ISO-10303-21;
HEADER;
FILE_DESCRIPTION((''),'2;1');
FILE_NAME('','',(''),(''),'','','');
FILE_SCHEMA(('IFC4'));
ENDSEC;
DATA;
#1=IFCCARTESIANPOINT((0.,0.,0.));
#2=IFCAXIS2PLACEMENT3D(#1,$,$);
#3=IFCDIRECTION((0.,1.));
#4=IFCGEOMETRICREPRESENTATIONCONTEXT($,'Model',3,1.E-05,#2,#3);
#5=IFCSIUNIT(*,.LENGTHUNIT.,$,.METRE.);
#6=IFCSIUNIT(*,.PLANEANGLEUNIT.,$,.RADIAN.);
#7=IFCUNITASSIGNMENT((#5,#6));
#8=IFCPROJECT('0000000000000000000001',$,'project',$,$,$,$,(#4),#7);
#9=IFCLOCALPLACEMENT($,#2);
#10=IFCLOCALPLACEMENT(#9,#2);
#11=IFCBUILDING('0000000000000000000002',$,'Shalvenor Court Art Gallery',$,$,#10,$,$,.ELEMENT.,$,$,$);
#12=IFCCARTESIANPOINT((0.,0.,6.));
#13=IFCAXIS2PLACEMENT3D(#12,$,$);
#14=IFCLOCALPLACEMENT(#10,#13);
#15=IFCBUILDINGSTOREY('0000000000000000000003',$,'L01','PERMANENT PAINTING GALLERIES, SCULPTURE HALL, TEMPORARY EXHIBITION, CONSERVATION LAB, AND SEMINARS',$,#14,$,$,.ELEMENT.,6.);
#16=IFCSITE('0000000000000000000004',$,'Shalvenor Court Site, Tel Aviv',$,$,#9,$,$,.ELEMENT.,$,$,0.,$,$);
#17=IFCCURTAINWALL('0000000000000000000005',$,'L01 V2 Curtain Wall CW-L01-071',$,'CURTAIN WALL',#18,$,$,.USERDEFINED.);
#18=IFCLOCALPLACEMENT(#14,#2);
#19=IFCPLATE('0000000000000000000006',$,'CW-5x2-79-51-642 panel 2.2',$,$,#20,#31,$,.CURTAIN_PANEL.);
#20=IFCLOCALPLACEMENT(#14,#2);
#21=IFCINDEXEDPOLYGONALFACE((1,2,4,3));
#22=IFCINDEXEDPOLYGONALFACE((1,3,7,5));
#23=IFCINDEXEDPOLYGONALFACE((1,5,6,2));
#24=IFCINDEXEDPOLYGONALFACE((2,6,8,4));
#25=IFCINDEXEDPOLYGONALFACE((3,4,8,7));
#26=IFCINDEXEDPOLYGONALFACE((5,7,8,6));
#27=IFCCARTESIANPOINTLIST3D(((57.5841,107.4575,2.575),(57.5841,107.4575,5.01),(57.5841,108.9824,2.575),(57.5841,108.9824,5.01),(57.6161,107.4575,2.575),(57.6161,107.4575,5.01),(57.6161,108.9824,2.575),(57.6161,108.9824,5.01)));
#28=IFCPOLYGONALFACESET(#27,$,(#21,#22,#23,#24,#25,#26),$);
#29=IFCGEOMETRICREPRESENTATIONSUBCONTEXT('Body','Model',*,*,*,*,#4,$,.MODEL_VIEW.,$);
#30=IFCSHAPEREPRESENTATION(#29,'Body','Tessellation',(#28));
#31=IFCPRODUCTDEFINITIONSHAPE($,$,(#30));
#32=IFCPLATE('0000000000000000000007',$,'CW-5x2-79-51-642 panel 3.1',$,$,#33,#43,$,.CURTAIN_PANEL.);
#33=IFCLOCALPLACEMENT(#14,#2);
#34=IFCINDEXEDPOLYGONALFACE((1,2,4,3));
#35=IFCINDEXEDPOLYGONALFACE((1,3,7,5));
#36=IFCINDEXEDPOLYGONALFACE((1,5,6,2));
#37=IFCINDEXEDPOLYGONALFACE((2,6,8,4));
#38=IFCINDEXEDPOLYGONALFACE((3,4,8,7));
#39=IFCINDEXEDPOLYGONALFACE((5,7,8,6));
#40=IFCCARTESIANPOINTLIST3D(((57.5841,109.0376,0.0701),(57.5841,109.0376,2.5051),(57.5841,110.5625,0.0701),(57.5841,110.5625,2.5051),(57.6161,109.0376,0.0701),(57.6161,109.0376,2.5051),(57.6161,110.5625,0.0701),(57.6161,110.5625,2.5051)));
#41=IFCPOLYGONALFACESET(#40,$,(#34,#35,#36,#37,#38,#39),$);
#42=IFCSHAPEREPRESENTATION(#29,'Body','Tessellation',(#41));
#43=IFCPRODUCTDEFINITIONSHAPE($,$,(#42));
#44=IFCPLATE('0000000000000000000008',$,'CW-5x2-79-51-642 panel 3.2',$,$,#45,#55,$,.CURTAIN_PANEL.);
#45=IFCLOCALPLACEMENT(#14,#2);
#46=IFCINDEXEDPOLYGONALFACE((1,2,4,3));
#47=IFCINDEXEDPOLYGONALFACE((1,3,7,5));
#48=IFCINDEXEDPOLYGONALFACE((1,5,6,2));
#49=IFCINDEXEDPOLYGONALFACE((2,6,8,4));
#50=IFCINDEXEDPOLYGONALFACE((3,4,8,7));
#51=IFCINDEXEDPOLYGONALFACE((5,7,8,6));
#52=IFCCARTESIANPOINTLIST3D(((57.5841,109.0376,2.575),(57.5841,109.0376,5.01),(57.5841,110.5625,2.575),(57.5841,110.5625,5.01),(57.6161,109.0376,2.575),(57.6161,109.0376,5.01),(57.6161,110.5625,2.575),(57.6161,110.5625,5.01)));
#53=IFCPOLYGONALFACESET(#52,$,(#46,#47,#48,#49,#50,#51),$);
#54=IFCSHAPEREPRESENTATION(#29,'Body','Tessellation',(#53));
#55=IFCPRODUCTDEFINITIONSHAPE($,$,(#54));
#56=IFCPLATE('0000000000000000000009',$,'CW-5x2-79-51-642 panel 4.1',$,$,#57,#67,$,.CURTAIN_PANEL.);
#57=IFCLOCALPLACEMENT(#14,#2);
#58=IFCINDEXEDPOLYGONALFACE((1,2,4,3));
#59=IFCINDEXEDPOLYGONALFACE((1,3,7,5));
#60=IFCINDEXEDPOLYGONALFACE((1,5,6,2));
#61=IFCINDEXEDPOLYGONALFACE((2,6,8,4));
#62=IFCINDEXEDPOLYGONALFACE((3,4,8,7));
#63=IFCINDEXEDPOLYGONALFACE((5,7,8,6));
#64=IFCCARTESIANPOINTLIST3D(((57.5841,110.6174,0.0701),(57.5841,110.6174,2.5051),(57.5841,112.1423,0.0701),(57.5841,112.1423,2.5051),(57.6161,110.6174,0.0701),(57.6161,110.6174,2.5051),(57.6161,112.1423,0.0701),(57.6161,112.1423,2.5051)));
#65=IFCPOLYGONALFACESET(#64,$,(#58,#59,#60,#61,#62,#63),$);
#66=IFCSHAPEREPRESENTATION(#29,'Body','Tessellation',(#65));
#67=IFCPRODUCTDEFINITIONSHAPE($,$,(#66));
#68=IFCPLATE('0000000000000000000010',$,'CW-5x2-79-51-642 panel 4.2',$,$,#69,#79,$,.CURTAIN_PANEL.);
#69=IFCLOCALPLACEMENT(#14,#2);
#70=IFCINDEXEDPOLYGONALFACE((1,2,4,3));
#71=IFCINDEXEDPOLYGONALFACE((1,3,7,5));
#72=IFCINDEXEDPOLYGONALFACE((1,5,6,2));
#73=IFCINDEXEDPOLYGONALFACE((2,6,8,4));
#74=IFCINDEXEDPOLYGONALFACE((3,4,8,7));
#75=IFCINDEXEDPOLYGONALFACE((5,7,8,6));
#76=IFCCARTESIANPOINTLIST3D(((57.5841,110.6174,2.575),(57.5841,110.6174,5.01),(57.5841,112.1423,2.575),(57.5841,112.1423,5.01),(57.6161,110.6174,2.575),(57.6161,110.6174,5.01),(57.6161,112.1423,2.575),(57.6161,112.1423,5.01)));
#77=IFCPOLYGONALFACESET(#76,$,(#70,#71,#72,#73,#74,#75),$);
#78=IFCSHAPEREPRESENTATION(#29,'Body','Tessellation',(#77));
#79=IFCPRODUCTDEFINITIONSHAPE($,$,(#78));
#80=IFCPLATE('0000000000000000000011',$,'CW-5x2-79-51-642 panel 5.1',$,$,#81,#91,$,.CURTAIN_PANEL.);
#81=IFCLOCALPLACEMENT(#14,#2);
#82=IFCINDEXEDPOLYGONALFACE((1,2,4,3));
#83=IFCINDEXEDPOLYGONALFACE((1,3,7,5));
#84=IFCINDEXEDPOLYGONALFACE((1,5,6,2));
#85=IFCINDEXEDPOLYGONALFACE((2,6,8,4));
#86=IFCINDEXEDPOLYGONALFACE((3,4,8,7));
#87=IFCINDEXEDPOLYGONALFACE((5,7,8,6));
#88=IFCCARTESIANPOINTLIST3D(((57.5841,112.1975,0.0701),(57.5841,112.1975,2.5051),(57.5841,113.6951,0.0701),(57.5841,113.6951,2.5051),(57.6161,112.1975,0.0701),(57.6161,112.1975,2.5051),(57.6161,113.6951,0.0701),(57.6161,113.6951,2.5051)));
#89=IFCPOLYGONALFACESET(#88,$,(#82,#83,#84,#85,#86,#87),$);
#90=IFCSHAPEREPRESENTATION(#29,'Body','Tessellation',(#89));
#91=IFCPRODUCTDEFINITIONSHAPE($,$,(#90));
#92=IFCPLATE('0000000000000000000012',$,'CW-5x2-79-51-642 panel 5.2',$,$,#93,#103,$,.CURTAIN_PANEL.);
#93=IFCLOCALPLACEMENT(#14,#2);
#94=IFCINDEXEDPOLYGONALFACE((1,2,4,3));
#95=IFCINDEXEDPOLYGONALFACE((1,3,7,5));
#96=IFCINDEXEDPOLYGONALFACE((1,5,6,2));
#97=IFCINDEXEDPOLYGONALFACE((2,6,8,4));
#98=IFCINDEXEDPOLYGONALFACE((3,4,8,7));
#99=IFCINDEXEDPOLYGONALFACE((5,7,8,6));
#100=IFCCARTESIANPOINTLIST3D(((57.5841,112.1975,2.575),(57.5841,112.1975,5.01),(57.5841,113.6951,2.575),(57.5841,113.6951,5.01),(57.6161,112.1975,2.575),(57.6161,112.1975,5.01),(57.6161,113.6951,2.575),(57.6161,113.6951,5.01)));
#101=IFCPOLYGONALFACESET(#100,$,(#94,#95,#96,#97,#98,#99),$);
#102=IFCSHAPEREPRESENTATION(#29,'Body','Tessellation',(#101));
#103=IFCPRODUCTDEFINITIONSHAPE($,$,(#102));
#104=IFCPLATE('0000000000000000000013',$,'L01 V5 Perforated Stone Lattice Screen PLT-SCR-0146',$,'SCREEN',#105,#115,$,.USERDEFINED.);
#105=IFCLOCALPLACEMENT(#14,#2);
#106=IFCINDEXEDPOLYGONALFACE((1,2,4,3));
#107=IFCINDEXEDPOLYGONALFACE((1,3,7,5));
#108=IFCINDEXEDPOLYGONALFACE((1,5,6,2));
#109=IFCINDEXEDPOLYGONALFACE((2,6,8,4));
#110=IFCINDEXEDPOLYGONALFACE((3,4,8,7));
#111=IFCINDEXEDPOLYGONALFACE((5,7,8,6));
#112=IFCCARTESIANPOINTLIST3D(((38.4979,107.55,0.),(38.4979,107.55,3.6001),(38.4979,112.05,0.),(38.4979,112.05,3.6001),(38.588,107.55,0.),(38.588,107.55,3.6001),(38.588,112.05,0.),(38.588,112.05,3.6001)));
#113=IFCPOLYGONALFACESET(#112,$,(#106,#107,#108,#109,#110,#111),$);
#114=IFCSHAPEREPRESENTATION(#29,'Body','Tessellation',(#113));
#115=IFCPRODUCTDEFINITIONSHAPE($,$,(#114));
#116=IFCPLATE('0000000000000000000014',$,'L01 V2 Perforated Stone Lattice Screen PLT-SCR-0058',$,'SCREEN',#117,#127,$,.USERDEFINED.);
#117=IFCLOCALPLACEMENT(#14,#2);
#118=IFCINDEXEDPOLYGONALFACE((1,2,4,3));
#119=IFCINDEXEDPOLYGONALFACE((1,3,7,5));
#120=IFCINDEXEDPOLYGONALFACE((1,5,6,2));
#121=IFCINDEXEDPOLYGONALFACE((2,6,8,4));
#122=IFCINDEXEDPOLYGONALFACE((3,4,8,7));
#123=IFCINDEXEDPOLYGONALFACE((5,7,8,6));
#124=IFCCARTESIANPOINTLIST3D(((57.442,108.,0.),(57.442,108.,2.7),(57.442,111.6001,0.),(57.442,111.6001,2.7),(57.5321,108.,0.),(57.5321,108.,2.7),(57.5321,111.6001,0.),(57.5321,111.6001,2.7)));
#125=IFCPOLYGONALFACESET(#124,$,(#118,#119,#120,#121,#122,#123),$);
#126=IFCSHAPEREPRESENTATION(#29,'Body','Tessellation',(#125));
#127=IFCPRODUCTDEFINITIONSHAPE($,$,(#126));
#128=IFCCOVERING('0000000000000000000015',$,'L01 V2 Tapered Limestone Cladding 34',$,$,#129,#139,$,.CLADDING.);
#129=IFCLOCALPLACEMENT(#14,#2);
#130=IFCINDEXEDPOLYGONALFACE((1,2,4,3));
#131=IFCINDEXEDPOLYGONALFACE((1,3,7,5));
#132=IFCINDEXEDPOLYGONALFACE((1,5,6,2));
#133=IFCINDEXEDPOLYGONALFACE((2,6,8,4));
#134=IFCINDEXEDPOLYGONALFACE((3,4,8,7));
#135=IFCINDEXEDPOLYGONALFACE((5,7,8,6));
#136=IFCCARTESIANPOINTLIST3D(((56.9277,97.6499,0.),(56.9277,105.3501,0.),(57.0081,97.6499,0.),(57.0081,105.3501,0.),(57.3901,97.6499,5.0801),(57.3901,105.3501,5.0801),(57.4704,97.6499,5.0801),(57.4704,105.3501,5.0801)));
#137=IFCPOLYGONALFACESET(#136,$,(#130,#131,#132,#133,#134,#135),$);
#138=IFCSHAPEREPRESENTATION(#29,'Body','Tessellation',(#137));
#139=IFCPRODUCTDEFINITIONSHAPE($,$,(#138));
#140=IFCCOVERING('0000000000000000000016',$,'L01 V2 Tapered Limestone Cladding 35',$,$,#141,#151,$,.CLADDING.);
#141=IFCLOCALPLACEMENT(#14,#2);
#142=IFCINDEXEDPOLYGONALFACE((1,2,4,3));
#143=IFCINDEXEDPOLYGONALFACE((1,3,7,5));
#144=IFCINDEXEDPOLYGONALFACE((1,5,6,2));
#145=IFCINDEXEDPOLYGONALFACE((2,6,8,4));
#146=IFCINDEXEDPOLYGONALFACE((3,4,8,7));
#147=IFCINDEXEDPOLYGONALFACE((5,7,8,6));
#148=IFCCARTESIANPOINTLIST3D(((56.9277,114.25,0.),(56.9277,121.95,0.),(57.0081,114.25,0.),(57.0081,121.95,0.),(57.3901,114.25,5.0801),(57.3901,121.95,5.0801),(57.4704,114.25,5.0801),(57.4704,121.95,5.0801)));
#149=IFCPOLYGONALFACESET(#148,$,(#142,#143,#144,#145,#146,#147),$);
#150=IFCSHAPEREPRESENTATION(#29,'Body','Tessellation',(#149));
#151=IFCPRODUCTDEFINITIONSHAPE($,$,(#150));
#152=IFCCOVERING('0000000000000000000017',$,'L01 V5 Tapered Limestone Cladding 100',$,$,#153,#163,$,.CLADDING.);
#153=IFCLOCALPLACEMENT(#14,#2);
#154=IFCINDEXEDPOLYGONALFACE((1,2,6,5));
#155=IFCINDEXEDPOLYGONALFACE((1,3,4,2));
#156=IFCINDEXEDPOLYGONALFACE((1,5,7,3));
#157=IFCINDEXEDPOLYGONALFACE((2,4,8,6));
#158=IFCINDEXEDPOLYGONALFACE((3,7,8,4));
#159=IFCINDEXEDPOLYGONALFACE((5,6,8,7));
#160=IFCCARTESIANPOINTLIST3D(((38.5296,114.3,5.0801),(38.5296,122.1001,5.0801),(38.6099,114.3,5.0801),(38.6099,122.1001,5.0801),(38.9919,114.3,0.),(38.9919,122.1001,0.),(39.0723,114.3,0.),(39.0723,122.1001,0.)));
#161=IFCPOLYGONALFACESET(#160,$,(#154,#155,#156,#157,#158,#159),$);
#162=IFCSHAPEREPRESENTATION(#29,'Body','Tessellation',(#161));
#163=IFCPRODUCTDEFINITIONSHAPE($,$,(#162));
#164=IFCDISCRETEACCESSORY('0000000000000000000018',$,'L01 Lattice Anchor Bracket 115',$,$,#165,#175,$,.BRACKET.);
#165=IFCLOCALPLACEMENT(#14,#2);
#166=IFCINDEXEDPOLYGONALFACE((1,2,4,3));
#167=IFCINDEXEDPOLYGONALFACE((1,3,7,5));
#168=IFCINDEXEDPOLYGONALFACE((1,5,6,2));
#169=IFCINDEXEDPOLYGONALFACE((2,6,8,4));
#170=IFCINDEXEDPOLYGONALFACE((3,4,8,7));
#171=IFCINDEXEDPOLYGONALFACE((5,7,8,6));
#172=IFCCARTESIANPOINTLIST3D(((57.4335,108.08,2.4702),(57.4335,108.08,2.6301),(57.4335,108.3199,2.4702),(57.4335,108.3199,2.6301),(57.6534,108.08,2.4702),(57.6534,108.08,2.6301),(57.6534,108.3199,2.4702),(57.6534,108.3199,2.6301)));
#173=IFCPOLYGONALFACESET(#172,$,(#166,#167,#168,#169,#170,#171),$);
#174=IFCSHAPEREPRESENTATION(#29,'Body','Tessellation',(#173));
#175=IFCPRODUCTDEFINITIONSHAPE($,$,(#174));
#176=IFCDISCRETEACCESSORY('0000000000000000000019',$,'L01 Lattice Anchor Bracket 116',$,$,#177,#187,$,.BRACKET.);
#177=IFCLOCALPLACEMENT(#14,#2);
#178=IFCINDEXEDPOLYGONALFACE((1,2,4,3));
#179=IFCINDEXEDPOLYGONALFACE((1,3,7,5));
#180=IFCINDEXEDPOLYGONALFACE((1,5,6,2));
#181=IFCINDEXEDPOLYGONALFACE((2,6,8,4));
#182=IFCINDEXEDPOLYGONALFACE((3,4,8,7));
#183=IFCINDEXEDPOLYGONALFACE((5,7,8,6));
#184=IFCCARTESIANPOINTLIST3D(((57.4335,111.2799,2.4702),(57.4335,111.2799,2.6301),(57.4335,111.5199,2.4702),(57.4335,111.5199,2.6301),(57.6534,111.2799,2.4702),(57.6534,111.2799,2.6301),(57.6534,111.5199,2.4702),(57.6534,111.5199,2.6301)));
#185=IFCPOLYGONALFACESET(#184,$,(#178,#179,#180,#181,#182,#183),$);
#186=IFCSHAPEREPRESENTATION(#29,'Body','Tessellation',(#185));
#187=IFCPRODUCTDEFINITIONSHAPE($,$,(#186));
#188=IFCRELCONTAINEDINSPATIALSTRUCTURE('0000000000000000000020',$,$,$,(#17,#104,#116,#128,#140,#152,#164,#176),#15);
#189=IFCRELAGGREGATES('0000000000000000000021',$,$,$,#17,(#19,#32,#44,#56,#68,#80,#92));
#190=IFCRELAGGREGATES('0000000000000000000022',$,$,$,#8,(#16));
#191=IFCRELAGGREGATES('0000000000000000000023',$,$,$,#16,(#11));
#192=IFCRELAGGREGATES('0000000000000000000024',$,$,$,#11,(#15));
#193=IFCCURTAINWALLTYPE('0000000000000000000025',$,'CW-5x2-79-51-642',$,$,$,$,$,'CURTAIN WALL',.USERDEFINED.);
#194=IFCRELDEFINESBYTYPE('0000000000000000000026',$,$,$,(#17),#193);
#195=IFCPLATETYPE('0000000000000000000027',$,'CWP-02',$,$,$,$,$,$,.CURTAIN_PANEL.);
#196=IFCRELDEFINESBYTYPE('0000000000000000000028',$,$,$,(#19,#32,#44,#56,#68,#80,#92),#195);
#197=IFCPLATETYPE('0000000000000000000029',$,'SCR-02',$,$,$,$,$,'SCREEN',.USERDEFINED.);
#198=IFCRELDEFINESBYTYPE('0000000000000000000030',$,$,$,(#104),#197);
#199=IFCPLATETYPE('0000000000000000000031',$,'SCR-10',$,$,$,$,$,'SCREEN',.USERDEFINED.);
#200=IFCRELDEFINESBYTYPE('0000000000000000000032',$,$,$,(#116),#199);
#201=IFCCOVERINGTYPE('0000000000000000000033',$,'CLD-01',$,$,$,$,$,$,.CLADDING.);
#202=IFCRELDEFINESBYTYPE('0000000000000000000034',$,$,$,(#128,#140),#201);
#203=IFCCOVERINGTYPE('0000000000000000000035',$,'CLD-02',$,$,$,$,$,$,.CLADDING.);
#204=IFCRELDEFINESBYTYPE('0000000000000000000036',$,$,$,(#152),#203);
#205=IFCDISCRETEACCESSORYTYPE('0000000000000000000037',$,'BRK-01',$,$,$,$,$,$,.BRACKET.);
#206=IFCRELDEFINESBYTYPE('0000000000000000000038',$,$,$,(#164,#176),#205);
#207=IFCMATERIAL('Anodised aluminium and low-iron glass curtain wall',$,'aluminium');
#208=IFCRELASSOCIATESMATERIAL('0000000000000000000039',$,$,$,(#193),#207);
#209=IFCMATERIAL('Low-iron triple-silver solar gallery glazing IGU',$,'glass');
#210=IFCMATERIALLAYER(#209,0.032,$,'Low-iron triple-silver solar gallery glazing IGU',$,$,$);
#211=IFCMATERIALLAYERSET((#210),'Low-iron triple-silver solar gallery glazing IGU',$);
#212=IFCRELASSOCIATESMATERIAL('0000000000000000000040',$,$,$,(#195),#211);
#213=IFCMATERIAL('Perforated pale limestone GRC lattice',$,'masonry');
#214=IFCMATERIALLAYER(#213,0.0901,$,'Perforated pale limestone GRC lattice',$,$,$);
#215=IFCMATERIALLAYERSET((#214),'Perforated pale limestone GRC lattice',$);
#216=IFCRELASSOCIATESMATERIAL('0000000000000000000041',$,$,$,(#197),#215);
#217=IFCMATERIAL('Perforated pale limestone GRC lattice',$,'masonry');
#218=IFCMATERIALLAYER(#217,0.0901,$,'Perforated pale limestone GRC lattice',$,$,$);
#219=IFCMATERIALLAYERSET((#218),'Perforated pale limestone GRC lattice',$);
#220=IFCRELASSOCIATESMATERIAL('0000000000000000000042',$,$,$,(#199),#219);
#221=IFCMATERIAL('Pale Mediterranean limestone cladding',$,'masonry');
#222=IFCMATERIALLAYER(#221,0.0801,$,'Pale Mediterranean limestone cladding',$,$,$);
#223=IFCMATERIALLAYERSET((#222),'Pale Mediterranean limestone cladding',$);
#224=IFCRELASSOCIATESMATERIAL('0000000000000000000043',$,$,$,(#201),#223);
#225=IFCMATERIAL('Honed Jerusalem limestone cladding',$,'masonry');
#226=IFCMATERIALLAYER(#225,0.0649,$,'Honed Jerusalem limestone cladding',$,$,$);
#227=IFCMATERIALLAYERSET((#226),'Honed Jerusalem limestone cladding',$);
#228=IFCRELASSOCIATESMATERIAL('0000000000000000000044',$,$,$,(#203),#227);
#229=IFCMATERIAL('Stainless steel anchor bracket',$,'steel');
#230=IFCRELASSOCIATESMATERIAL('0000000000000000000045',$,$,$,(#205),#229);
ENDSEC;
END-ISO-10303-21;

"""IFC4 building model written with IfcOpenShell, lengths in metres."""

from ifc_helpers import new_model, si_unit, direction, frame, origin, origin_2d, place, context, subcontext, project, spatial, polyline, rectangle, outline, extrude, material, layer, layer_set, type_object, element, aggregate, save


model = new_model("IFC4")

# Units and contexts
model_context = context("Model", 3, precision=1e-05, world=origin(), true_north=direction((0.0, 1.0)))
body_context = subcontext(model_context, "Body", "Model", "MODEL_VIEW")
ifc_project = project(units=[si_unit("LENGTHUNIT", "METRE"), si_unit("PLANEANGLEUNIT", "RADIAN")], contexts=[model_context])

# Site, building, storey
site_placement = place(None, origin())
site = spatial("IfcSite", under=ifc_project, at=site_placement, Name="Shalvenor Court Site, Tel Aviv", CompositionType="ELEMENT", RefElevation=0.0)
building_placement = place(site_placement, origin())
building = spatial("IfcBuilding", under=site, at=building_placement, Name="Shalvenor Court Art Gallery", CompositionType="ELEMENT")
storey_placement = place(building_placement, frame((0.0, 0.0, 6.0)))
storey = spatial("IfcBuildingStorey", under=building, at=storey_placement, Name="L01", Description="PERMANENT PAINTING GALLERIES, SCULPTURE HALL, TEMPORARY EXHIBITION, CONSERVATION LAB, AND SEMINARS", CompositionType="ELEMENT", Elevation=6.0)

# Curtain wall, plates
ifc_material_1 = material(Name="Anodised aluminium and low-iron glass curtain wall", Category="aluminium")
curtain_wall_type = type_object("IfcCurtainWallType", Name="CW-5x2-79-51-642", ElementType="CURTAIN WALL", PredefinedType="USERDEFINED", material=ifc_material_1)
curtain_wall_placement = place(storey_placement, origin())
curtain_wall = element("IfcCurtainWall", 1, at=curtain_wall_placement, inside=storey, type_object=curtain_wall_type, Name="L01 V2 Curtain Wall CW-L01-071", ObjectType="CURTAIN WALL", PredefinedType="USERDEFINED")
ifc_material_2 = material(Name="Low-iron triple-silver solar gallery glazing IGU", Category="glass")
ifc_layer_1 = layer(ifc_material_2, 0.032, Name="Low-iron triple-silver solar gallery glazing IGU")
ifc_layer_set_1 = layer_set([ifc_layer_1], Name="Low-iron triple-silver solar gallery glazing IGU")
plate_type_1 = type_object("IfcPlateType", Name="CWP-02", PredefinedType="CURTAIN_PANEL", material=ifc_layer_set_1)
plate_1_placement = place(storey_placement, frame((57.6001, 108.22, 2.575), z_axis=(0.0, 0.0, 1.0), x_axis=(0.0, 1.0, 0.0)))
plate_1 = element("IfcPlate", 2, at=plate_1_placement, type_object=plate_type_1, Name="CW-5x2-79-51-642 panel 2.2", PredefinedType="CURTAIN_PANEL", context=body_context, shape_type="SweptSolid", body=[
    extrude(rectangle(XDim=1.5249, YDim=0.032, at=origin_2d()), origin(), (0.0, 0.0, 1.0), 2.4351),
])
plate_2_placement = place(storey_placement, frame((57.6001, 109.8, 0.0701), z_axis=(0.0, 0.0, 1.0), x_axis=(0.0, 1.0, 0.0)))
plate_2 = element("IfcPlate", 3, at=plate_2_placement, type_object=plate_type_1, Name="CW-5x2-79-51-642 panel 3.1", PredefinedType="CURTAIN_PANEL", context=body_context, shape_type="SweptSolid", body=[
    extrude(rectangle(XDim=1.5249, YDim=0.032, at=origin_2d()), origin(), (0.0, 0.0, 1.0), 2.4351),
])
plate_3_placement = place(storey_placement, frame((57.6001, 109.8, 2.575), z_axis=(0.0, 0.0, 1.0), x_axis=(0.0, 1.0, 0.0)))
plate_3 = element("IfcPlate", 4, at=plate_3_placement, type_object=plate_type_1, Name="CW-5x2-79-51-642 panel 3.2", PredefinedType="CURTAIN_PANEL", context=body_context, shape_type="SweptSolid", body=[
    extrude(rectangle(XDim=1.5249, YDim=0.032, at=origin_2d()), origin(), (0.0, 0.0, 1.0), 2.4351),
])
plate_4_placement = place(storey_placement, frame((57.6001, 111.3799, 0.0701), z_axis=(0.0, 0.0, 1.0), x_axis=(0.0, 1.0, 0.0)))
plate_4 = element("IfcPlate", 5, at=plate_4_placement, type_object=plate_type_1, Name="CW-5x2-79-51-642 panel 4.1", PredefinedType="CURTAIN_PANEL", context=body_context, shape_type="SweptSolid", body=[
    extrude(rectangle(XDim=1.5249, YDim=0.032, at=origin_2d()), origin(), (0.0, 0.0, 1.0), 2.4351),
])
plate_5_placement = place(storey_placement, frame((57.6001, 111.3799, 2.575), z_axis=(0.0, 0.0, 1.0), x_axis=(0.0, 1.0, 0.0)))
plate_5 = element("IfcPlate", 6, at=plate_5_placement, type_object=plate_type_1, Name="CW-5x2-79-51-642 panel 4.2", PredefinedType="CURTAIN_PANEL", context=body_context, shape_type="SweptSolid", body=[
    extrude(rectangle(XDim=1.5249, YDim=0.032, at=origin_2d()), origin(), (0.0, 0.0, 1.0), 2.4351),
])
plate_6_placement = place(storey_placement, frame((57.6001, 112.9463, 0.0701), z_axis=(0.0, 0.0, 1.0), x_axis=(0.0, 1.0, 0.0)))
plate_6 = element("IfcPlate", 7, at=plate_6_placement, type_object=plate_type_1, Name="CW-5x2-79-51-642 panel 5.1", PredefinedType="CURTAIN_PANEL", context=body_context, shape_type="SweptSolid", body=[
    extrude(rectangle(XDim=1.4976, YDim=0.032, at=origin_2d()), origin(), (0.0, 0.0, 1.0), 2.4351),
])
plate_7_placement = place(storey_placement, frame((57.6001, 112.9463, 2.575), z_axis=(0.0, 0.0, 1.0), x_axis=(0.0, 1.0, 0.0)))
plate_7 = element("IfcPlate", 8, at=plate_7_placement, type_object=plate_type_1, Name="CW-5x2-79-51-642 panel 5.2", PredefinedType="CURTAIN_PANEL", context=body_context, shape_type="SweptSolid", body=[
    extrude(rectangle(XDim=1.4976, YDim=0.032, at=origin_2d()), origin(), (0.0, 0.0, 1.0), 2.4351),
])
aggregate(curtain_wall, [plate_1, plate_2, plate_3, plate_4, plate_5, plate_6, plate_7])

# Plates
ifc_material_3 = material(Name="Perforated pale limestone GRC lattice", Category="masonry")
ifc_layer_2 = layer(ifc_material_3, 0.0901, Name="Perforated pale limestone GRC lattice")
ifc_layer_set_2 = layer_set([ifc_layer_2], Name="Perforated pale limestone GRC lattice")
plate_type_2 = type_object("IfcPlateType", Name="SCR-02", ElementType="SCREEN", PredefinedType="USERDEFINED", material=ifc_layer_set_2)
plate_8_placement = place(storey_placement, frame((38.543, 109.8, 0.0), z_axis=(0.0, 0.0, 1.0), x_axis=(0.0, -1.0, 0.0)))
element("IfcPlate", 9, at=plate_8_placement, inside=storey, type_object=plate_type_2, Name="L01 V5 Perforated Stone Lattice Screen PLT-SCR-0146", ObjectType="SCREEN", PredefinedType="USERDEFINED", context=body_context, shape_type="SweptSolid", body=[
    extrude(rectangle(XDim=4.5, YDim=0.0901, at=origin_2d()), origin(), (0.0, 0.0, 1.0), 3.6001),
])
ifc_material_4 = material(Name="Perforated pale limestone GRC lattice", Category="masonry")
ifc_layer_3 = layer(ifc_material_4, 0.0901, Name="Perforated pale limestone GRC lattice")
ifc_layer_set_3 = layer_set([ifc_layer_3], Name="Perforated pale limestone GRC lattice")
plate_type_3 = type_object("IfcPlateType", Name="SCR-10", ElementType="SCREEN", PredefinedType="USERDEFINED", material=ifc_layer_set_3)
plate_9_placement = place(storey_placement, frame((57.4871, 109.8, 0.0), z_axis=(0.0, 0.0, 1.0), x_axis=(0.0, 1.0, 0.0)))
element("IfcPlate", 10, at=plate_9_placement, inside=storey, type_object=plate_type_3, Name="L01 V2 Perforated Stone Lattice Screen PLT-SCR-0058", ObjectType="SCREEN", PredefinedType="USERDEFINED", context=body_context, shape_type="SweptSolid", body=[
    extrude(rectangle(XDim=3.6001, YDim=0.0901, at=origin_2d()), origin(), (0.0, 0.0, 1.0), 2.7),
])

# Coverings
ifc_material_5 = material(Name="Pale Mediterranean limestone cladding", Category="masonry")
ifc_layer_4 = layer(ifc_material_5, 0.0801, Name="Pale Mediterranean limestone cladding")
ifc_layer_set_4 = layer_set([ifc_layer_4], Name="Pale Mediterranean limestone cladding")
covering_type_1 = type_object("IfcCoveringType", Name="CLD-01", PredefinedType="CLADDING", material=ifc_layer_set_4)
covering_1_placement = place(storey_placement, frame((56.9277, 105.3501, 0.0), z_axis=(0.0, 0.0, 1.0), x_axis=(0.0, -1.0, 0.0)))
element("IfcCovering", 11, at=covering_1_placement, inside=storey, type_object=covering_type_1, Name="L01 V2 Tapered Limestone Cladding 34", PredefinedType="CLADDING", context=body_context, shape_type="SweptSolid", body=[
    extrude(outline(polyline([(0.0, 0.0), (7.7002, 0.0), (7.7002, 5.1011), (0.0, 5.1011), (0.0, 0.0)])), frame((0.0, 0.0, 0.0), z_axis=(0.0, -0.995884, 0.090633), x_axis=(1.0, 0.0, 0.0)), (0.0, 0.090633, -0.995884), 0.0803),
])
covering_2_placement = place(storey_placement, frame((56.9277, 121.95, 0.0), z_axis=(0.0, 0.0, 1.0), x_axis=(0.0, -1.0, 0.0)))
element("IfcCovering", 12, at=covering_2_placement, inside=storey, type_object=covering_type_1, Name="L01 V2 Tapered Limestone Cladding 35", PredefinedType="CLADDING", context=body_context, shape_type="SweptSolid", body=[
    extrude(outline(polyline([(0.0, 0.0), (7.7, 0.0), (7.7, 5.1011), (0.0, 5.1011), (0.0, 0.0)])), frame((0.0, 0.0, 0.0), z_axis=(0.0, -0.995884, 0.090633), x_axis=(1.0, 0.0, 0.0)), (0.0, 0.090633, -0.995884), 0.0803),
])
ifc_material_6 = material(Name="Honed Jerusalem limestone cladding", Category="masonry")
ifc_layer_5 = layer(ifc_material_6, 0.0649, Name="Honed Jerusalem limestone cladding")
ifc_layer_set_5 = layer_set([ifc_layer_5], Name="Honed Jerusalem limestone cladding")
covering_type_2 = type_object("IfcCoveringType", Name="CLD-02", PredefinedType="CLADDING", material=ifc_layer_set_5)
covering_3_placement = place(storey_placement, frame((39.0723, 114.3, 0.0), z_axis=(0.0, 0.0, 1.0), x_axis=(0.0, 1.0, 0.0)))
element("IfcCovering", 13, at=covering_3_placement, inside=storey, type_object=covering_type_2, Name="L01 V5 Tapered Limestone Cladding 100", PredefinedType="CLADDING", context=body_context, shape_type="SweptSolid", body=[
    extrude(outline(polyline([(0.0, 0.0), (7.8, 0.0), (7.8, 5.1011), (0.0, 5.1011), (0.0, 0.0)])), frame((0.0, 0.0, 0.0), z_axis=(0.0, -0.995884, 0.090633), x_axis=(1.0, 0.0, 0.0)), (0.0, 0.090633, -0.995884), 0.0803),
])

# Discrete accessories
ifc_material_7 = material(Name="Stainless steel anchor bracket", Category="steel")
discrete_accessory_type = type_object("IfcDiscreteAccessoryType", Name="BRK-01", PredefinedType="BRACKET", material=ifc_material_7)
for number, where, z_axis, x_axis, name in (
    (14, (57.5435, 108.2, 2.4702), (0.0, 0.0, 1.0), (0.0, 1.0, 0.0), "L01 Lattice Anchor Bracket 115"),
    (15, (57.5435, 111.3999, 2.4702), (0.0, 0.0, 1.0), (0.0, 1.0, 0.0), "L01 Lattice Anchor Bracket 116"),
):
    element("IfcDiscreteAccessory", number, at=place(storey_placement, frame(where, z_axis=z_axis, x_axis=x_axis)), inside=storey, type_object=discrete_accessory_type, Name=name, PredefinedType="BRACKET", context=body_context, shape_type="SweptSolid", body=[
        extrude(rectangle(XDim=0.24, YDim=0.22, at=origin_2d()), origin(), (0.0, 0.0, 1.0), 0.1599),
    ])

save(model, "model.ifc")
